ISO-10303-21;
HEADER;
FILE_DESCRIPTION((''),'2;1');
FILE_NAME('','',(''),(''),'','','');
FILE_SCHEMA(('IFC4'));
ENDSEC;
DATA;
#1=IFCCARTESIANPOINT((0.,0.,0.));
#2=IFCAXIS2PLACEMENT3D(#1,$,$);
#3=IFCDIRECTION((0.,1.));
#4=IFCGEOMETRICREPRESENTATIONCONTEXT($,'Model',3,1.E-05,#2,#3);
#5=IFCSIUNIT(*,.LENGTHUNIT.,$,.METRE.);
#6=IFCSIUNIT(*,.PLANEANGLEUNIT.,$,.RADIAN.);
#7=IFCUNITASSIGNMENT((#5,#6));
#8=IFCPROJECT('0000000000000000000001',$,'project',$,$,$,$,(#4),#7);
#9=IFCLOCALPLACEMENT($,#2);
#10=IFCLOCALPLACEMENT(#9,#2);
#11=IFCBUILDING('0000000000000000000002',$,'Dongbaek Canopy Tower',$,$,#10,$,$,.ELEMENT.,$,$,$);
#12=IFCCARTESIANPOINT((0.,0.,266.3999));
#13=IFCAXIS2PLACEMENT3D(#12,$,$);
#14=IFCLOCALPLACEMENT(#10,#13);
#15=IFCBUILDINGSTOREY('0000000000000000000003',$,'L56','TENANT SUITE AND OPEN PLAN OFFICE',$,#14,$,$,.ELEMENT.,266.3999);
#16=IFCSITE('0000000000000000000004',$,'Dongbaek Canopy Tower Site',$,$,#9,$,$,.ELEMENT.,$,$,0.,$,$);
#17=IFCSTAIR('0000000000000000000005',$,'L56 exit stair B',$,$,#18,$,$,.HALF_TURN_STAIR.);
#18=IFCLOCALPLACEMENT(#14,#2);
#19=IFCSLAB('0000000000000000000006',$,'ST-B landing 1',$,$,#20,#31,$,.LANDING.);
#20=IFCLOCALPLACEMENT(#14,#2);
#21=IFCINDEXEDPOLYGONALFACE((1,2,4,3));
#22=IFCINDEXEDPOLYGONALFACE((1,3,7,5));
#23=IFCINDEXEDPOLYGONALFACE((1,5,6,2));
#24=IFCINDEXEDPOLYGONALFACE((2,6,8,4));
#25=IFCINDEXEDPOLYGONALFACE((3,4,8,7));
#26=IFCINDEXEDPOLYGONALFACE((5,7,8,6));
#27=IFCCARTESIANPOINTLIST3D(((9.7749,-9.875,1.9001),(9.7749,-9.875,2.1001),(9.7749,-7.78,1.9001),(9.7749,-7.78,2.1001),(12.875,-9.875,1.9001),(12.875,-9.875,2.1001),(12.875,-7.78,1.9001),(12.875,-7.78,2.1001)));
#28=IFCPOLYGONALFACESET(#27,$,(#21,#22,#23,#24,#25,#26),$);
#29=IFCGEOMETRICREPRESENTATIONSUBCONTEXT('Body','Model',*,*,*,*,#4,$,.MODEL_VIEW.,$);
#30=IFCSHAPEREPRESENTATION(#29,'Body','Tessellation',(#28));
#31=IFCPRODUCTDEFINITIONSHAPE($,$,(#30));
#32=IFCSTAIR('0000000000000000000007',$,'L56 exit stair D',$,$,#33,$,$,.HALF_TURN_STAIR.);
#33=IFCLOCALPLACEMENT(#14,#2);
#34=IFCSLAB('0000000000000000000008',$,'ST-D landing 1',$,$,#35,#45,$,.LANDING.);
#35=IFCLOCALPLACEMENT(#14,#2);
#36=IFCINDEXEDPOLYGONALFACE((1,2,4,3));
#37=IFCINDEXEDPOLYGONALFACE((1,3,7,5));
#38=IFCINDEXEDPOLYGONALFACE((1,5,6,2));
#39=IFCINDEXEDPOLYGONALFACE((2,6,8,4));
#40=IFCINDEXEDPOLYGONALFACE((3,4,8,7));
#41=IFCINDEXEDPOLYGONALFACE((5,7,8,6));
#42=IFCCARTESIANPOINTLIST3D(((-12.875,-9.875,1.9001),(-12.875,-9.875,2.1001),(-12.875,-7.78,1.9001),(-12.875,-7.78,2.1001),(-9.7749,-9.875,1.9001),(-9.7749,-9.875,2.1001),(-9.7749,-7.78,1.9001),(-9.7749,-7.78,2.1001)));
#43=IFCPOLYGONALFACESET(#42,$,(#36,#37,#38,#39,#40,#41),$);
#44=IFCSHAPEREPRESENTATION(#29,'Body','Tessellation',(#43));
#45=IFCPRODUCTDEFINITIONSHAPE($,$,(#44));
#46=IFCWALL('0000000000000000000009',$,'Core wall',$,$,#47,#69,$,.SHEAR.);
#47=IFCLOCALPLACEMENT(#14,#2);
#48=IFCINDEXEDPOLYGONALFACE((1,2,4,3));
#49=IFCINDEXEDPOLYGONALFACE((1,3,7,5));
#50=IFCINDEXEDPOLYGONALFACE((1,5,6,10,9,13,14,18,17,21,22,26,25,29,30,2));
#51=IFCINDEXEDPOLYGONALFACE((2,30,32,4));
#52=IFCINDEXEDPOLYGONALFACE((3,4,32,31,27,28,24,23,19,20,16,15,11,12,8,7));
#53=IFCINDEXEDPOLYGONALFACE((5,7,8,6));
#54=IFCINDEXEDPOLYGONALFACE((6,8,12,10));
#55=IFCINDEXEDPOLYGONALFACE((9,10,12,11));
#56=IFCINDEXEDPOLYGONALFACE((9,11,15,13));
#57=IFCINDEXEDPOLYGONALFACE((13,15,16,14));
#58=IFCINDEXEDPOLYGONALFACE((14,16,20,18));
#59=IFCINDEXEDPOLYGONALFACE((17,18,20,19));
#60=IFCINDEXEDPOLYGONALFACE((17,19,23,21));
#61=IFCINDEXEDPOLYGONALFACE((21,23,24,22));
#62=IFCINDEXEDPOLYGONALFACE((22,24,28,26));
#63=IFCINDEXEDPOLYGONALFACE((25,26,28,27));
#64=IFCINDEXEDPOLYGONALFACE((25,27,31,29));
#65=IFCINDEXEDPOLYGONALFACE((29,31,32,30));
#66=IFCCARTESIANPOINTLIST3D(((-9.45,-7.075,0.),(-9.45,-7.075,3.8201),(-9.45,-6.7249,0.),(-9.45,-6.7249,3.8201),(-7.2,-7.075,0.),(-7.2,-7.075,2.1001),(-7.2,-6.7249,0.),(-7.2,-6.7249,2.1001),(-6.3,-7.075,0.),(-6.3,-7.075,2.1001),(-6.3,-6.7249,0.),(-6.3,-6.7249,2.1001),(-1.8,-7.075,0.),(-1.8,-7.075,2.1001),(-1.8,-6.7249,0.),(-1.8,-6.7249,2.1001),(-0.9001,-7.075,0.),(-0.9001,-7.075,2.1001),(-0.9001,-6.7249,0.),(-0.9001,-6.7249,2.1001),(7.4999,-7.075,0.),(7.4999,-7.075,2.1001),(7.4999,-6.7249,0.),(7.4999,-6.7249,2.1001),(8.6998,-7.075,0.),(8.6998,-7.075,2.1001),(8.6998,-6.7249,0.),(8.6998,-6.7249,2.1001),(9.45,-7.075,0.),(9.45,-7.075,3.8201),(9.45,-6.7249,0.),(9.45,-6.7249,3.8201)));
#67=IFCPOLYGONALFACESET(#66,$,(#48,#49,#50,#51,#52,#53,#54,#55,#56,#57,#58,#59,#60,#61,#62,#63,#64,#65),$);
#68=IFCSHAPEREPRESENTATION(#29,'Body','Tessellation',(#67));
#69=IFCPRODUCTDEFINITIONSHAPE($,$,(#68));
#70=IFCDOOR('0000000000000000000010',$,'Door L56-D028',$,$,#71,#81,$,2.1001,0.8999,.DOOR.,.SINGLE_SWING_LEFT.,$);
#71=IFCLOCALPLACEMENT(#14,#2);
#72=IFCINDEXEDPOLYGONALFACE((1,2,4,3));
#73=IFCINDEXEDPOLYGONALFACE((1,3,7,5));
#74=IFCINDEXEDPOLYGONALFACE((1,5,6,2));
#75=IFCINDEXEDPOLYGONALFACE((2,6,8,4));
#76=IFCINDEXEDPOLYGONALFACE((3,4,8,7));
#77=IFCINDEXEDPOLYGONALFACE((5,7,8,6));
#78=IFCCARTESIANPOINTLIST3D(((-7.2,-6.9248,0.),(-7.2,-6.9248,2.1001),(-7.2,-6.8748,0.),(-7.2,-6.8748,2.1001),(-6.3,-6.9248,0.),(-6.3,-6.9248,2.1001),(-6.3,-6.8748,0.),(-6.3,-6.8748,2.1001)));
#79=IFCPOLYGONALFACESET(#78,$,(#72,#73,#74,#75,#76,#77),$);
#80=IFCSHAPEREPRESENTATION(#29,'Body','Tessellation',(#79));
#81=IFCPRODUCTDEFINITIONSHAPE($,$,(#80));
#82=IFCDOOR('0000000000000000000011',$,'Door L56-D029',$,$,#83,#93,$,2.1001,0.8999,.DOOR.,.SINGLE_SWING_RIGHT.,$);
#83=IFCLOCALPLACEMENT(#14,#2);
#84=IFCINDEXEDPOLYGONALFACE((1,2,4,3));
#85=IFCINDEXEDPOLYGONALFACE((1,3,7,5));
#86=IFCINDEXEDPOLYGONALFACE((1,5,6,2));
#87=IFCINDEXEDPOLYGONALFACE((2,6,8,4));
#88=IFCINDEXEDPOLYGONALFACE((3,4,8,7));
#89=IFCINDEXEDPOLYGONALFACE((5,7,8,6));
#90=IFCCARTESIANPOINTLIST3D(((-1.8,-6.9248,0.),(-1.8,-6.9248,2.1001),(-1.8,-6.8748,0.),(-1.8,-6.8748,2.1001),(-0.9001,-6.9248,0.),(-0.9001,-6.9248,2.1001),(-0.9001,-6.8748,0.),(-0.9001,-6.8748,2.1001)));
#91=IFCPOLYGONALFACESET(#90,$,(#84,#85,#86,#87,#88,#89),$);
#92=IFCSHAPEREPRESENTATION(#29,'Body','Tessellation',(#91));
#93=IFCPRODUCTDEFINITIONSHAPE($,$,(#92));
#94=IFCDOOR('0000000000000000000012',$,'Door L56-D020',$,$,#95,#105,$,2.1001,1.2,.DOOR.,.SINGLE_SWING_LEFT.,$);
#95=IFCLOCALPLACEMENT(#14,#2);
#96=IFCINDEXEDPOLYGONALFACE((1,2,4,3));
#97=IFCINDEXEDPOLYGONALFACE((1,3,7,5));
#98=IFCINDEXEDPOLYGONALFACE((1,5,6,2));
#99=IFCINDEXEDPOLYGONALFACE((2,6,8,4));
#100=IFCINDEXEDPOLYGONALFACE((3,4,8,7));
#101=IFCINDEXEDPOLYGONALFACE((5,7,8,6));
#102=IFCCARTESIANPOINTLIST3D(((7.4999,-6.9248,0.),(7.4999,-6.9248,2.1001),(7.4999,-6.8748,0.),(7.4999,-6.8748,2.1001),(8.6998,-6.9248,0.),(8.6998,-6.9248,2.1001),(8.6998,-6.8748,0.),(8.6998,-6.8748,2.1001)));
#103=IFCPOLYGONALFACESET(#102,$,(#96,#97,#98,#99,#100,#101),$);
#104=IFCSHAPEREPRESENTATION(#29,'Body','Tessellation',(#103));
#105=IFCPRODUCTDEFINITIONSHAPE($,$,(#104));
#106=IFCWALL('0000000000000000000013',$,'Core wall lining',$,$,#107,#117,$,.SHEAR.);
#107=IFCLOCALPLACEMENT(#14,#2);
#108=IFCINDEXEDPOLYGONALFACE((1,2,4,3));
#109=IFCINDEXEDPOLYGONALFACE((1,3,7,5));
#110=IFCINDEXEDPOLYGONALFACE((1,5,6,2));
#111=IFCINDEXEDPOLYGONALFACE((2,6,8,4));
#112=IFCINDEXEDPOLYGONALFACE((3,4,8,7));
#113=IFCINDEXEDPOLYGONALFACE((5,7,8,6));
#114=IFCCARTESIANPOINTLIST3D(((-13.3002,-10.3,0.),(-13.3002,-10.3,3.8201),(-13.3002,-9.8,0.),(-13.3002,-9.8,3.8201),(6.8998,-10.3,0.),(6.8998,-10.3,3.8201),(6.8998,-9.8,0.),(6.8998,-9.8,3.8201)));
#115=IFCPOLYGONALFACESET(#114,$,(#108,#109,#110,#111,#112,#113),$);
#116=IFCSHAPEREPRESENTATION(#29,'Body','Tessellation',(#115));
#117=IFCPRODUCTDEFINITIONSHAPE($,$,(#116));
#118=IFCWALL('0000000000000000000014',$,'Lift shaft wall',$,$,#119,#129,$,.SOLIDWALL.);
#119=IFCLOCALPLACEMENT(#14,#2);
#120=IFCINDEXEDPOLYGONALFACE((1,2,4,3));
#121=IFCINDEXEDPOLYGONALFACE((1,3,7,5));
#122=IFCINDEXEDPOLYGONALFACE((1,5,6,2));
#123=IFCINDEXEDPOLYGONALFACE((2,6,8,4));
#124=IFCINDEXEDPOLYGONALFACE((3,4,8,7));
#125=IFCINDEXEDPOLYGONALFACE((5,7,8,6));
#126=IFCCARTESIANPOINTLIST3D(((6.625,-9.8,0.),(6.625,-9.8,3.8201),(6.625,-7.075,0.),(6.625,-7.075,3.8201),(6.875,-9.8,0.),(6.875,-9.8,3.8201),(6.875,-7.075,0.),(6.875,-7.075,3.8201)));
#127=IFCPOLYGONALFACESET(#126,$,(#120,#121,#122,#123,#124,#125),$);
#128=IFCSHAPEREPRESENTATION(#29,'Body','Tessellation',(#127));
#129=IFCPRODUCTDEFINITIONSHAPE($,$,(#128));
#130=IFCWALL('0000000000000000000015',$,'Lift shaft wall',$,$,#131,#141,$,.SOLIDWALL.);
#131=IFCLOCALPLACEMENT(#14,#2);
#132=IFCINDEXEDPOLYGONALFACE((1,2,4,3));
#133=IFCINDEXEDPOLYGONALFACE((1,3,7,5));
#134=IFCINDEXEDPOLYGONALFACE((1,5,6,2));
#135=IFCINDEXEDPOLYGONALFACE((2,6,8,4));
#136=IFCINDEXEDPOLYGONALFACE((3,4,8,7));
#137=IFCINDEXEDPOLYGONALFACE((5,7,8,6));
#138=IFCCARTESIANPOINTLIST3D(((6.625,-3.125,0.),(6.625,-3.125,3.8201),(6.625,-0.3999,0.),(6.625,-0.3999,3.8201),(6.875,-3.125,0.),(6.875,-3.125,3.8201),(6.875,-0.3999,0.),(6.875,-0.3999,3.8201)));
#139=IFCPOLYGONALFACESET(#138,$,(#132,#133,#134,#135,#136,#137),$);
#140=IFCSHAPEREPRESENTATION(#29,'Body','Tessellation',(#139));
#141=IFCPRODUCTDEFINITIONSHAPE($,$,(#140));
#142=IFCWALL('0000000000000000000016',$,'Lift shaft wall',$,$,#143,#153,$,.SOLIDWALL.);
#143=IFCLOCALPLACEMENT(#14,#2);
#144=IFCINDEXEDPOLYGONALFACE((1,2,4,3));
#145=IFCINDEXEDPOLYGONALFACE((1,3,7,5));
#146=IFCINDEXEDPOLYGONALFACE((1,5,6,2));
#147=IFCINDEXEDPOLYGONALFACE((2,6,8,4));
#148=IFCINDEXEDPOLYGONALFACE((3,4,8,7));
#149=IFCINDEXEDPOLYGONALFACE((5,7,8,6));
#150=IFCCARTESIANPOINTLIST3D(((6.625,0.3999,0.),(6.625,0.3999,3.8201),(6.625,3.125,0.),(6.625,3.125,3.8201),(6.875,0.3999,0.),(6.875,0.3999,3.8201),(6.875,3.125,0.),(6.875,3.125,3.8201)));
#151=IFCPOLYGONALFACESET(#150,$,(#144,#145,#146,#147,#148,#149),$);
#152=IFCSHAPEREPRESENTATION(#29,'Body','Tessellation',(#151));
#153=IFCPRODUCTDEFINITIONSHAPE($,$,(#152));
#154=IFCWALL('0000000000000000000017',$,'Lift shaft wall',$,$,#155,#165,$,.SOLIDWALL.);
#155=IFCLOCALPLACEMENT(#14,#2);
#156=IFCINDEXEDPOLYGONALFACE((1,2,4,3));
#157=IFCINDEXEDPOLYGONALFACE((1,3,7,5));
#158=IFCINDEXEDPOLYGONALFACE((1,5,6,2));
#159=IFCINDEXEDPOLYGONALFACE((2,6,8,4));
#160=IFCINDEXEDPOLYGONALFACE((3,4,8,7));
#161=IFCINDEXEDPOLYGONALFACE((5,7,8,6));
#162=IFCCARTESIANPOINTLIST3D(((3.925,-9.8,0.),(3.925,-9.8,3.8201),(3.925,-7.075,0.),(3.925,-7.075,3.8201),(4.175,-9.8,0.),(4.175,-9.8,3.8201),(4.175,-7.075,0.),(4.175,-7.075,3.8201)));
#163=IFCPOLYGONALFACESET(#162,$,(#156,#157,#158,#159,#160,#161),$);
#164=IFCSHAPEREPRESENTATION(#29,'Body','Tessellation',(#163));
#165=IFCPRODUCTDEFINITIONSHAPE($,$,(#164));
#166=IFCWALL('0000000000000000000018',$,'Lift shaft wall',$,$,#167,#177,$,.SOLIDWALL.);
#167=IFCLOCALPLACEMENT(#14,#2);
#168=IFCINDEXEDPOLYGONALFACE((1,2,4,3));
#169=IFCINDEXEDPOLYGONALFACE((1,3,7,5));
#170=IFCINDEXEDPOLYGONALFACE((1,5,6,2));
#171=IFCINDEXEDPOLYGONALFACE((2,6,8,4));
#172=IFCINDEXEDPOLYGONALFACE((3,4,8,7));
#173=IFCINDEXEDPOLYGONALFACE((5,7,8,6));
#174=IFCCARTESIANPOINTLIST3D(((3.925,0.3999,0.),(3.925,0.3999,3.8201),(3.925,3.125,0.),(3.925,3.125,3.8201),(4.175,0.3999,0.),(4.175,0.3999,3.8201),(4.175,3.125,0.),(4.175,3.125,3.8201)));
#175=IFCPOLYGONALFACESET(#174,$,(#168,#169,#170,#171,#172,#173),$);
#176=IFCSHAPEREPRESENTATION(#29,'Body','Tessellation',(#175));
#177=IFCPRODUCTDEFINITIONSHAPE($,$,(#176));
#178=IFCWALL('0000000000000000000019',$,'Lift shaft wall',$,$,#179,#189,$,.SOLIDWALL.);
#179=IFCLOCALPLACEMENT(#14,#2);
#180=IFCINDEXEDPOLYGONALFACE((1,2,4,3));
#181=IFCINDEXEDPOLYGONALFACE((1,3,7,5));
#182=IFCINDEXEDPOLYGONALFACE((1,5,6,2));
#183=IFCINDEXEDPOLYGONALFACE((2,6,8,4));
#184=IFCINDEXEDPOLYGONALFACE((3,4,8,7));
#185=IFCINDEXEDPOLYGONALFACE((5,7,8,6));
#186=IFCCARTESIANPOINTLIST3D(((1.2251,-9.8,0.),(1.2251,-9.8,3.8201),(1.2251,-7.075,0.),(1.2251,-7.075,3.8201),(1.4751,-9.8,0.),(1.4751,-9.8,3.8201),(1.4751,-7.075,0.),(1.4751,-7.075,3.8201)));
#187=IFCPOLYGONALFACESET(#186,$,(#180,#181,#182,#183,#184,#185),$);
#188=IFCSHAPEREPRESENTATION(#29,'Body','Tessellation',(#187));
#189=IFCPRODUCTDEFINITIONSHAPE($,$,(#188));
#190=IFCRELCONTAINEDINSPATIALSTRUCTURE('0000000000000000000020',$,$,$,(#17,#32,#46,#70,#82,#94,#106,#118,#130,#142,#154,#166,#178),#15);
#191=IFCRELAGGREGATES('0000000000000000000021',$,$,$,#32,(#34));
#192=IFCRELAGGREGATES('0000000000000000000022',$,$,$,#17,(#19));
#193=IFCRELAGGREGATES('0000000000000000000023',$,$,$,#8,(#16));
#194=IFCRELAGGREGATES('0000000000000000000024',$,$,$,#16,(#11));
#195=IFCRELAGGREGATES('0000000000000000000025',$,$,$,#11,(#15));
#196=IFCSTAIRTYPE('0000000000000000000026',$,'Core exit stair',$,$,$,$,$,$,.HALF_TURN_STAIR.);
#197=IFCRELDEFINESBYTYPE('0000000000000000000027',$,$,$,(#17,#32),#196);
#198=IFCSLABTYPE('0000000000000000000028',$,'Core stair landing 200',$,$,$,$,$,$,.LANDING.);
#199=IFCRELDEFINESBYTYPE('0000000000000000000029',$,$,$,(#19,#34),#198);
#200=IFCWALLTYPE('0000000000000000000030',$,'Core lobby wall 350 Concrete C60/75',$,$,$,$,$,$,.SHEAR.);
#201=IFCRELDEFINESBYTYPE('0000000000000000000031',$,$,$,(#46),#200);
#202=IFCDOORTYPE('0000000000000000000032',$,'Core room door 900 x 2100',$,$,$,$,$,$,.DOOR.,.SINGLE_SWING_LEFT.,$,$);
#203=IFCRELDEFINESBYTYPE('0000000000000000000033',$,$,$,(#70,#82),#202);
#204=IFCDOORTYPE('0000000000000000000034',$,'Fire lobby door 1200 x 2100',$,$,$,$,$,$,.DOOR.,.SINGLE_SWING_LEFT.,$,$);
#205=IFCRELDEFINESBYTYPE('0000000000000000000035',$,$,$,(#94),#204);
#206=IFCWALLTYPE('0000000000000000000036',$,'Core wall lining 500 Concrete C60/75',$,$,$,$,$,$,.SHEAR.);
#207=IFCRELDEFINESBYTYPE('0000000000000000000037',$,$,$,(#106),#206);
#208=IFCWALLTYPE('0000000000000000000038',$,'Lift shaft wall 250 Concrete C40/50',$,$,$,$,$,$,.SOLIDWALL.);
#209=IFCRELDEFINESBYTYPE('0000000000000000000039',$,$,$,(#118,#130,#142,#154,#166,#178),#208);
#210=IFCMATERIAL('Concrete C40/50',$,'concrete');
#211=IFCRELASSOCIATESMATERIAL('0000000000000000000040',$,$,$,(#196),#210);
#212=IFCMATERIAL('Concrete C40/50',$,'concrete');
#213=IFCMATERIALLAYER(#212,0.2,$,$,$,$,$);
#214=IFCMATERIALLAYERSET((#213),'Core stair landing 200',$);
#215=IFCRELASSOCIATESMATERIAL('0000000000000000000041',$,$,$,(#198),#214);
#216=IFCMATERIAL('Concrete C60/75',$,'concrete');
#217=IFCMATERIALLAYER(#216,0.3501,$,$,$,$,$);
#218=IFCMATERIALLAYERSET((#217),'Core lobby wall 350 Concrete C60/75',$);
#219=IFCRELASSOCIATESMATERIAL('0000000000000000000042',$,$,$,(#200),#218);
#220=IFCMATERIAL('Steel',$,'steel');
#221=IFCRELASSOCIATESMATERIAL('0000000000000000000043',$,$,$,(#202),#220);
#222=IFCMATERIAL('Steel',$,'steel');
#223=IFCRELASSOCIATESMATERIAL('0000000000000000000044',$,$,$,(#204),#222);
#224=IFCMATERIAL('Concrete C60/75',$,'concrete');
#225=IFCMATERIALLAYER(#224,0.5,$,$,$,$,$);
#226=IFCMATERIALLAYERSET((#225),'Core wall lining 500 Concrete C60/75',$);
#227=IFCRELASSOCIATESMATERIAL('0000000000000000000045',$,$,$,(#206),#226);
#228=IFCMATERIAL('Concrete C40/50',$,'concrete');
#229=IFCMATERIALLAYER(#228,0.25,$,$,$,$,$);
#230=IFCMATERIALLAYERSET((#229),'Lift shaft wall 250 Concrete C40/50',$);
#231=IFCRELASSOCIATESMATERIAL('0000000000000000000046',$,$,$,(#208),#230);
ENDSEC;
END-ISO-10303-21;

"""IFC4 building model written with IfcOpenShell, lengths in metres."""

from ifc_helpers import new_model, si_unit, direction, frame, frame_2d, origin, place, context, subcontext, project, spatial, polyline, rectangle, outline, extrude, material, layer, layer_set, type_object, element, fill, aggregate, save


model = new_model("IFC4")

# Units and contexts
model_context = context("Model", 3, precision=1e-05, world=origin(), true_north=direction((0.0, 1.0)))
body_context = subcontext(model_context, "Body", "Model", "MODEL_VIEW")
ifc_project = project(units=[si_unit("LENGTHUNIT", "METRE"), si_unit("PLANEANGLEUNIT", "RADIAN")], contexts=[model_context])

# Site, building, storey
site_placement = place(None, origin())
site = spatial("IfcSite", under=ifc_project, at=site_placement, Name="Dongbaek Canopy Tower Site", CompositionType="ELEMENT", RefElevation=0.0)
building_placement = place(site_placement, origin())
building = spatial("IfcBuilding", under=site, at=building_placement, Name="Dongbaek Canopy Tower", CompositionType="ELEMENT")
storey_placement = place(building_placement, frame((0.0, 0.0, 266.3999)))
storey = spatial("IfcBuildingStorey", under=building, at=storey_placement, Name="L56", Description="TENANT SUITE AND OPEN PLAN OFFICE", CompositionType="ELEMENT", Elevation=266.3999)

# Stairs, slabs
ifc_material_1 = material(Name="Concrete C40/50", Category="concrete")
stair_type = type_object("IfcStairType", Name="Core exit stair", PredefinedType="HALF_TURN_STAIR", material=ifc_material_1)
stair_1_placement = place(storey_placement, origin())
stair_1 = element("IfcStair", 1, at=stair_1_placement, inside=storey, type_object=stair_type, Name="L56 exit stair B", PredefinedType="HALF_TURN_STAIR")
ifc_material_2 = material(Name="Concrete C40/50", Category="concrete")
ifc_layer_1 = layer(ifc_material_2, 0.2)
ifc_layer_set_1 = layer_set([ifc_layer_1], Name="Core stair landing 200")
slab_type = type_object("IfcSlabType", Name="Core stair landing 200", PredefinedType="LANDING", material=ifc_layer_set_1)
slab_1_placement = place(storey_placement, frame((0.0, 0.0, 1.9001)))
slab_1 = element("IfcSlab", 2, at=slab_1_placement, type_object=slab_type, Name="ST-B landing 1", PredefinedType="LANDING", context=body_context, shape_type="SweptSolid", body=[
    extrude(outline(polyline([(9.7749, -7.78), (9.7749, -9.875), (12.875, -9.875), (12.875, -7.78), (9.7749, -7.78)])), origin(), (0.0, 0.0, 1.0), 0.2),
])
stair_2_placement = place(storey_placement, origin())
stair_2 = element("IfcStair", 3, at=stair_2_placement, inside=storey, type_object=stair_type, Name="L56 exit stair D", PredefinedType="HALF_TURN_STAIR")
slab_2_placement = place(storey_placement, frame((0.0, 0.0, 1.9001)))
slab_2 = element("IfcSlab", 4, at=slab_2_placement, type_object=slab_type, Name="ST-D landing 1", PredefinedType="LANDING", context=body_context, shape_type="SweptSolid", body=[
    extrude(outline(polyline([(-12.875, -7.78), (-12.875, -9.875), (-9.7749, -9.875), (-9.7749, -7.78), (-12.875, -7.78)])), origin(), (0.0, 0.0, 1.0), 0.2),
])
aggregate(stair_2, [slab_2])

# Wall, openings, doors
ifc_material_3 = material(Name="Concrete C60/75", Category="concrete")
ifc_layer_2 = layer(ifc_material_3, 0.3501)
ifc_layer_set_2 = layer_set([ifc_layer_2], Name="Core lobby wall 350 Concrete C60/75")
wall_type_1 = type_object("IfcWallType", Name="Core lobby wall 350 Concrete C60/75", PredefinedType="SHEAR", material=ifc_layer_set_2)
wall_1_placement = place(storey_placement, frame((9.45, -6.8999, 0.0), z_axis=(0.0, 0.0, 1.0), x_axis=(-1.0, 0.0, 0.0)))
wall_1 = element("IfcWall", 5, at=wall_1_placement, inside=storey, type_object=wall_type_1, Name="Core wall", PredefinedType="SHEAR", context=body_context, shape_type="SweptSolid", body=[
    extrude(rectangle(XDim=18.8999, YDim=0.3501, at=frame_2d((9.45, 0.0))), origin(), (0.0, 0.0, 1.0), 3.8201),
])
opening_1_placement = place(wall_1_placement, frame((0.75, 0.0, 0.0)))
opening_1 = element("IfcOpeningElement", 6, at=opening_1_placement, cuts=wall_1, PredefinedType="OPENING", context=body_context, shape_type="SweptSolid", body=[
    extrude(rectangle(XDim=1.2, YDim=2.1001, at=frame_2d((0.6001, 1.05))), frame((0.0, 0.1851, 0.0), z_axis=(0.0, -1.0, 0.0), x_axis=(1.0, 0.0, 0.0)), (0.0, 0.0, 1.0), 0.3701),
])
opening_2_placement = place(wall_1_placement, frame((15.75, 0.0, 0.0)))
opening_2 = element("IfcOpeningElement", 7, at=opening_2_placement, cuts=wall_1, PredefinedType="OPENING", context=body_context, shape_type="SweptSolid", body=[
    extrude(rectangle(XDim=0.8999, YDim=2.1001, at=frame_2d((0.45, 1.05))), frame((0.0, 0.1851, 0.0), z_axis=(0.0, -1.0, 0.0), x_axis=(1.0, 0.0, 0.0)), (0.0, 0.0, 1.0), 0.3701),
])
opening_3_placement = place(wall_1_placement, frame((10.3501, 0.0, 0.0)))
opening_3 = element("IfcOpeningElement", 8, at=opening_3_placement, cuts=wall_1, PredefinedType="OPENING", context=body_context, shape_type="SweptSolid", body=[
    extrude(rectangle(XDim=0.8999, YDim=2.1001, at=frame_2d((0.45, 1.05))), frame((0.0, 0.1851, 0.0), z_axis=(0.0, -1.0, 0.0), x_axis=(1.0, 0.0, 0.0)), (0.0, 0.0, 1.0), 0.3701),
])
ifc_material_4 = material(Name="Steel", Category="steel")
door_type_1 = type_object("IfcDoorType", Name="Core room door 900 x 2100", OperationType="SINGLE_SWING_LEFT", PredefinedType="DOOR", material=ifc_material_4)
door_1_placement = place(opening_2_placement, origin())
door_1 = element("IfcDoor", 9, at=door_1_placement, inside=storey, type_object=door_type_1, Name="Door L56-D028", OperationType="SINGLE_SWING_LEFT", OverallHeight=2.1001, OverallWidth=0.8999, PredefinedType="DOOR", context=body_context, shape_type="SweptSolid", body=[
    extrude(rectangle(XDim=0.8999, YDim=2.1001, at=frame_2d((0.45, 1.05))), frame((0.0, 0.0249, 0.0), z_axis=(0.0, -1.0, 0.0), x_axis=(1.0, 0.0, 0.0)), (0.0, 0.0, 1.0), 0.05),
])
fill(opening_2, door_1)
door_2_placement = place(opening_3_placement, origin())
door_2 = element("IfcDoor", 10, at=door_2_placement, inside=storey, type_object=door_type_1, Name="Door L56-D029", OperationType="SINGLE_SWING_RIGHT", OverallHeight=2.1001, OverallWidth=0.8999, PredefinedType="DOOR", context=body_context, shape_type="SweptSolid", body=[
    extrude(rectangle(XDim=0.8999, YDim=2.1001, at=frame_2d((0.45, 1.05))), frame((0.0, 0.0249, 0.0), z_axis=(0.0, -1.0, 0.0), x_axis=(1.0, 0.0, 0.0)), (0.0, 0.0, 1.0), 0.05),
])
fill(opening_3, door_2)
ifc_material_5 = material(Name="Steel", Category="steel")
door_type_2 = type_object("IfcDoorType", Name="Fire lobby door 1200 x 2100", OperationType="SINGLE_SWING_LEFT", PredefinedType="DOOR", material=ifc_material_5)
door_3_placement = place(opening_1_placement, origin())
door_3 = element("IfcDoor", 11, at=door_3_placement, inside=storey, type_object=door_type_2, Name="Door L56-D020", OperationType="SINGLE_SWING_LEFT", OverallHeight=2.1001, OverallWidth=1.2, PredefinedType="DOOR", context=body_context, shape_type="SweptSolid", body=[
    extrude(rectangle(XDim=1.2, YDim=2.1001, at=frame_2d((0.6001, 1.05))), frame((0.0, 0.0249, 0.0), z_axis=(0.0, -1.0, 0.0), x_axis=(1.0, 0.0, 0.0)), (0.0, 0.0, 1.0), 0.05),
])
fill(opening_1, door_3)

# Walls
ifc_material_6 = material(Name="Concrete C60/75", Category="concrete")
ifc_layer_3 = layer(ifc_material_6, 0.5)
ifc_layer_set_3 = layer_set([ifc_layer_3], Name="Core wall lining 500 Concrete C60/75")
wall_type_2 = type_object("IfcWallType", Name="Core wall lining 500 Concrete C60/75", PredefinedType="SHEAR", material=ifc_layer_set_3)
wall_2_placement = place(storey_placement, frame((6.8999, -10.05, 0.0), z_axis=(0.0, 0.0, 1.0), x_axis=(-1.0, 0.0, 0.0)))
element("IfcWall", 12, at=wall_2_placement, inside=storey, type_object=wall_type_2, Name="Core wall lining", PredefinedType="SHEAR", context=body_context, shape_type="SweptSolid", body=[
    extrude(rectangle(XDim=20.2, YDim=0.5, at=frame_2d((10.1001, 0.0))), origin(), (0.0, 0.0, 1.0), 3.8201),
])
ifc_material_7 = material(Name="Concrete C40/50", Category="concrete")
ifc_layer_4 = layer(ifc_material_7, 0.25)
ifc_layer_set_4 = layer_set([ifc_layer_4], Name="Lift shaft wall 250 Concrete C40/50")
wall_type_3 = type_object("IfcWallType", Name="Lift shaft wall 250 Concrete C40/50", PredefinedType="SOLIDWALL", material=ifc_layer_set_4)
for number, where, z_axis, x_axis, name in (
    (13, (6.75, -9.8, 0.0), (0.0, 0.0, 1.0), (0.0, 1.0, 0.0), "Lift shaft wall"),
    (14, (6.75, -3.125, 0.0), (0.0, 0.0, 1.0), (0.0, 1.0, 0.0), "Lift shaft wall"),
    (15, (6.75, 0.3999, 0.0), (0.0, 0.0, 1.0), (0.0, 1.0, 0.0), "Lift shaft wall"),
    (16, (4.05, -9.8, 0.0), (0.0, 0.0, 1.0), (0.0, 1.0, 0.0), "Lift shaft wall"),
    (17, (4.05, 0.3999, 0.0), (0.0, 0.0, 1.0), (0.0, 1.0, 0.0), "Lift shaft wall"),
    (18, (1.3501, -9.8, 0.0), (0.0, 0.0, 1.0), (0.0, 1.0, 0.0), "Lift shaft wall"),
):
    element("IfcWall", number, at=place(storey_placement, frame(where, z_axis=z_axis, x_axis=x_axis)), inside=storey, type_object=wall_type_3, Name=name, PredefinedType="SOLIDWALL", context=body_context, shape_type="SweptSolid", body=[
        extrude(rectangle(XDim=2.7251, YDim=0.25, at=frame_2d((1.3625, 0.0))), origin(), (0.0, 0.0, 1.0), 3.8201),
    ])

aggregate(stair_1, [slab_1])

save(model, "model.ifc")
